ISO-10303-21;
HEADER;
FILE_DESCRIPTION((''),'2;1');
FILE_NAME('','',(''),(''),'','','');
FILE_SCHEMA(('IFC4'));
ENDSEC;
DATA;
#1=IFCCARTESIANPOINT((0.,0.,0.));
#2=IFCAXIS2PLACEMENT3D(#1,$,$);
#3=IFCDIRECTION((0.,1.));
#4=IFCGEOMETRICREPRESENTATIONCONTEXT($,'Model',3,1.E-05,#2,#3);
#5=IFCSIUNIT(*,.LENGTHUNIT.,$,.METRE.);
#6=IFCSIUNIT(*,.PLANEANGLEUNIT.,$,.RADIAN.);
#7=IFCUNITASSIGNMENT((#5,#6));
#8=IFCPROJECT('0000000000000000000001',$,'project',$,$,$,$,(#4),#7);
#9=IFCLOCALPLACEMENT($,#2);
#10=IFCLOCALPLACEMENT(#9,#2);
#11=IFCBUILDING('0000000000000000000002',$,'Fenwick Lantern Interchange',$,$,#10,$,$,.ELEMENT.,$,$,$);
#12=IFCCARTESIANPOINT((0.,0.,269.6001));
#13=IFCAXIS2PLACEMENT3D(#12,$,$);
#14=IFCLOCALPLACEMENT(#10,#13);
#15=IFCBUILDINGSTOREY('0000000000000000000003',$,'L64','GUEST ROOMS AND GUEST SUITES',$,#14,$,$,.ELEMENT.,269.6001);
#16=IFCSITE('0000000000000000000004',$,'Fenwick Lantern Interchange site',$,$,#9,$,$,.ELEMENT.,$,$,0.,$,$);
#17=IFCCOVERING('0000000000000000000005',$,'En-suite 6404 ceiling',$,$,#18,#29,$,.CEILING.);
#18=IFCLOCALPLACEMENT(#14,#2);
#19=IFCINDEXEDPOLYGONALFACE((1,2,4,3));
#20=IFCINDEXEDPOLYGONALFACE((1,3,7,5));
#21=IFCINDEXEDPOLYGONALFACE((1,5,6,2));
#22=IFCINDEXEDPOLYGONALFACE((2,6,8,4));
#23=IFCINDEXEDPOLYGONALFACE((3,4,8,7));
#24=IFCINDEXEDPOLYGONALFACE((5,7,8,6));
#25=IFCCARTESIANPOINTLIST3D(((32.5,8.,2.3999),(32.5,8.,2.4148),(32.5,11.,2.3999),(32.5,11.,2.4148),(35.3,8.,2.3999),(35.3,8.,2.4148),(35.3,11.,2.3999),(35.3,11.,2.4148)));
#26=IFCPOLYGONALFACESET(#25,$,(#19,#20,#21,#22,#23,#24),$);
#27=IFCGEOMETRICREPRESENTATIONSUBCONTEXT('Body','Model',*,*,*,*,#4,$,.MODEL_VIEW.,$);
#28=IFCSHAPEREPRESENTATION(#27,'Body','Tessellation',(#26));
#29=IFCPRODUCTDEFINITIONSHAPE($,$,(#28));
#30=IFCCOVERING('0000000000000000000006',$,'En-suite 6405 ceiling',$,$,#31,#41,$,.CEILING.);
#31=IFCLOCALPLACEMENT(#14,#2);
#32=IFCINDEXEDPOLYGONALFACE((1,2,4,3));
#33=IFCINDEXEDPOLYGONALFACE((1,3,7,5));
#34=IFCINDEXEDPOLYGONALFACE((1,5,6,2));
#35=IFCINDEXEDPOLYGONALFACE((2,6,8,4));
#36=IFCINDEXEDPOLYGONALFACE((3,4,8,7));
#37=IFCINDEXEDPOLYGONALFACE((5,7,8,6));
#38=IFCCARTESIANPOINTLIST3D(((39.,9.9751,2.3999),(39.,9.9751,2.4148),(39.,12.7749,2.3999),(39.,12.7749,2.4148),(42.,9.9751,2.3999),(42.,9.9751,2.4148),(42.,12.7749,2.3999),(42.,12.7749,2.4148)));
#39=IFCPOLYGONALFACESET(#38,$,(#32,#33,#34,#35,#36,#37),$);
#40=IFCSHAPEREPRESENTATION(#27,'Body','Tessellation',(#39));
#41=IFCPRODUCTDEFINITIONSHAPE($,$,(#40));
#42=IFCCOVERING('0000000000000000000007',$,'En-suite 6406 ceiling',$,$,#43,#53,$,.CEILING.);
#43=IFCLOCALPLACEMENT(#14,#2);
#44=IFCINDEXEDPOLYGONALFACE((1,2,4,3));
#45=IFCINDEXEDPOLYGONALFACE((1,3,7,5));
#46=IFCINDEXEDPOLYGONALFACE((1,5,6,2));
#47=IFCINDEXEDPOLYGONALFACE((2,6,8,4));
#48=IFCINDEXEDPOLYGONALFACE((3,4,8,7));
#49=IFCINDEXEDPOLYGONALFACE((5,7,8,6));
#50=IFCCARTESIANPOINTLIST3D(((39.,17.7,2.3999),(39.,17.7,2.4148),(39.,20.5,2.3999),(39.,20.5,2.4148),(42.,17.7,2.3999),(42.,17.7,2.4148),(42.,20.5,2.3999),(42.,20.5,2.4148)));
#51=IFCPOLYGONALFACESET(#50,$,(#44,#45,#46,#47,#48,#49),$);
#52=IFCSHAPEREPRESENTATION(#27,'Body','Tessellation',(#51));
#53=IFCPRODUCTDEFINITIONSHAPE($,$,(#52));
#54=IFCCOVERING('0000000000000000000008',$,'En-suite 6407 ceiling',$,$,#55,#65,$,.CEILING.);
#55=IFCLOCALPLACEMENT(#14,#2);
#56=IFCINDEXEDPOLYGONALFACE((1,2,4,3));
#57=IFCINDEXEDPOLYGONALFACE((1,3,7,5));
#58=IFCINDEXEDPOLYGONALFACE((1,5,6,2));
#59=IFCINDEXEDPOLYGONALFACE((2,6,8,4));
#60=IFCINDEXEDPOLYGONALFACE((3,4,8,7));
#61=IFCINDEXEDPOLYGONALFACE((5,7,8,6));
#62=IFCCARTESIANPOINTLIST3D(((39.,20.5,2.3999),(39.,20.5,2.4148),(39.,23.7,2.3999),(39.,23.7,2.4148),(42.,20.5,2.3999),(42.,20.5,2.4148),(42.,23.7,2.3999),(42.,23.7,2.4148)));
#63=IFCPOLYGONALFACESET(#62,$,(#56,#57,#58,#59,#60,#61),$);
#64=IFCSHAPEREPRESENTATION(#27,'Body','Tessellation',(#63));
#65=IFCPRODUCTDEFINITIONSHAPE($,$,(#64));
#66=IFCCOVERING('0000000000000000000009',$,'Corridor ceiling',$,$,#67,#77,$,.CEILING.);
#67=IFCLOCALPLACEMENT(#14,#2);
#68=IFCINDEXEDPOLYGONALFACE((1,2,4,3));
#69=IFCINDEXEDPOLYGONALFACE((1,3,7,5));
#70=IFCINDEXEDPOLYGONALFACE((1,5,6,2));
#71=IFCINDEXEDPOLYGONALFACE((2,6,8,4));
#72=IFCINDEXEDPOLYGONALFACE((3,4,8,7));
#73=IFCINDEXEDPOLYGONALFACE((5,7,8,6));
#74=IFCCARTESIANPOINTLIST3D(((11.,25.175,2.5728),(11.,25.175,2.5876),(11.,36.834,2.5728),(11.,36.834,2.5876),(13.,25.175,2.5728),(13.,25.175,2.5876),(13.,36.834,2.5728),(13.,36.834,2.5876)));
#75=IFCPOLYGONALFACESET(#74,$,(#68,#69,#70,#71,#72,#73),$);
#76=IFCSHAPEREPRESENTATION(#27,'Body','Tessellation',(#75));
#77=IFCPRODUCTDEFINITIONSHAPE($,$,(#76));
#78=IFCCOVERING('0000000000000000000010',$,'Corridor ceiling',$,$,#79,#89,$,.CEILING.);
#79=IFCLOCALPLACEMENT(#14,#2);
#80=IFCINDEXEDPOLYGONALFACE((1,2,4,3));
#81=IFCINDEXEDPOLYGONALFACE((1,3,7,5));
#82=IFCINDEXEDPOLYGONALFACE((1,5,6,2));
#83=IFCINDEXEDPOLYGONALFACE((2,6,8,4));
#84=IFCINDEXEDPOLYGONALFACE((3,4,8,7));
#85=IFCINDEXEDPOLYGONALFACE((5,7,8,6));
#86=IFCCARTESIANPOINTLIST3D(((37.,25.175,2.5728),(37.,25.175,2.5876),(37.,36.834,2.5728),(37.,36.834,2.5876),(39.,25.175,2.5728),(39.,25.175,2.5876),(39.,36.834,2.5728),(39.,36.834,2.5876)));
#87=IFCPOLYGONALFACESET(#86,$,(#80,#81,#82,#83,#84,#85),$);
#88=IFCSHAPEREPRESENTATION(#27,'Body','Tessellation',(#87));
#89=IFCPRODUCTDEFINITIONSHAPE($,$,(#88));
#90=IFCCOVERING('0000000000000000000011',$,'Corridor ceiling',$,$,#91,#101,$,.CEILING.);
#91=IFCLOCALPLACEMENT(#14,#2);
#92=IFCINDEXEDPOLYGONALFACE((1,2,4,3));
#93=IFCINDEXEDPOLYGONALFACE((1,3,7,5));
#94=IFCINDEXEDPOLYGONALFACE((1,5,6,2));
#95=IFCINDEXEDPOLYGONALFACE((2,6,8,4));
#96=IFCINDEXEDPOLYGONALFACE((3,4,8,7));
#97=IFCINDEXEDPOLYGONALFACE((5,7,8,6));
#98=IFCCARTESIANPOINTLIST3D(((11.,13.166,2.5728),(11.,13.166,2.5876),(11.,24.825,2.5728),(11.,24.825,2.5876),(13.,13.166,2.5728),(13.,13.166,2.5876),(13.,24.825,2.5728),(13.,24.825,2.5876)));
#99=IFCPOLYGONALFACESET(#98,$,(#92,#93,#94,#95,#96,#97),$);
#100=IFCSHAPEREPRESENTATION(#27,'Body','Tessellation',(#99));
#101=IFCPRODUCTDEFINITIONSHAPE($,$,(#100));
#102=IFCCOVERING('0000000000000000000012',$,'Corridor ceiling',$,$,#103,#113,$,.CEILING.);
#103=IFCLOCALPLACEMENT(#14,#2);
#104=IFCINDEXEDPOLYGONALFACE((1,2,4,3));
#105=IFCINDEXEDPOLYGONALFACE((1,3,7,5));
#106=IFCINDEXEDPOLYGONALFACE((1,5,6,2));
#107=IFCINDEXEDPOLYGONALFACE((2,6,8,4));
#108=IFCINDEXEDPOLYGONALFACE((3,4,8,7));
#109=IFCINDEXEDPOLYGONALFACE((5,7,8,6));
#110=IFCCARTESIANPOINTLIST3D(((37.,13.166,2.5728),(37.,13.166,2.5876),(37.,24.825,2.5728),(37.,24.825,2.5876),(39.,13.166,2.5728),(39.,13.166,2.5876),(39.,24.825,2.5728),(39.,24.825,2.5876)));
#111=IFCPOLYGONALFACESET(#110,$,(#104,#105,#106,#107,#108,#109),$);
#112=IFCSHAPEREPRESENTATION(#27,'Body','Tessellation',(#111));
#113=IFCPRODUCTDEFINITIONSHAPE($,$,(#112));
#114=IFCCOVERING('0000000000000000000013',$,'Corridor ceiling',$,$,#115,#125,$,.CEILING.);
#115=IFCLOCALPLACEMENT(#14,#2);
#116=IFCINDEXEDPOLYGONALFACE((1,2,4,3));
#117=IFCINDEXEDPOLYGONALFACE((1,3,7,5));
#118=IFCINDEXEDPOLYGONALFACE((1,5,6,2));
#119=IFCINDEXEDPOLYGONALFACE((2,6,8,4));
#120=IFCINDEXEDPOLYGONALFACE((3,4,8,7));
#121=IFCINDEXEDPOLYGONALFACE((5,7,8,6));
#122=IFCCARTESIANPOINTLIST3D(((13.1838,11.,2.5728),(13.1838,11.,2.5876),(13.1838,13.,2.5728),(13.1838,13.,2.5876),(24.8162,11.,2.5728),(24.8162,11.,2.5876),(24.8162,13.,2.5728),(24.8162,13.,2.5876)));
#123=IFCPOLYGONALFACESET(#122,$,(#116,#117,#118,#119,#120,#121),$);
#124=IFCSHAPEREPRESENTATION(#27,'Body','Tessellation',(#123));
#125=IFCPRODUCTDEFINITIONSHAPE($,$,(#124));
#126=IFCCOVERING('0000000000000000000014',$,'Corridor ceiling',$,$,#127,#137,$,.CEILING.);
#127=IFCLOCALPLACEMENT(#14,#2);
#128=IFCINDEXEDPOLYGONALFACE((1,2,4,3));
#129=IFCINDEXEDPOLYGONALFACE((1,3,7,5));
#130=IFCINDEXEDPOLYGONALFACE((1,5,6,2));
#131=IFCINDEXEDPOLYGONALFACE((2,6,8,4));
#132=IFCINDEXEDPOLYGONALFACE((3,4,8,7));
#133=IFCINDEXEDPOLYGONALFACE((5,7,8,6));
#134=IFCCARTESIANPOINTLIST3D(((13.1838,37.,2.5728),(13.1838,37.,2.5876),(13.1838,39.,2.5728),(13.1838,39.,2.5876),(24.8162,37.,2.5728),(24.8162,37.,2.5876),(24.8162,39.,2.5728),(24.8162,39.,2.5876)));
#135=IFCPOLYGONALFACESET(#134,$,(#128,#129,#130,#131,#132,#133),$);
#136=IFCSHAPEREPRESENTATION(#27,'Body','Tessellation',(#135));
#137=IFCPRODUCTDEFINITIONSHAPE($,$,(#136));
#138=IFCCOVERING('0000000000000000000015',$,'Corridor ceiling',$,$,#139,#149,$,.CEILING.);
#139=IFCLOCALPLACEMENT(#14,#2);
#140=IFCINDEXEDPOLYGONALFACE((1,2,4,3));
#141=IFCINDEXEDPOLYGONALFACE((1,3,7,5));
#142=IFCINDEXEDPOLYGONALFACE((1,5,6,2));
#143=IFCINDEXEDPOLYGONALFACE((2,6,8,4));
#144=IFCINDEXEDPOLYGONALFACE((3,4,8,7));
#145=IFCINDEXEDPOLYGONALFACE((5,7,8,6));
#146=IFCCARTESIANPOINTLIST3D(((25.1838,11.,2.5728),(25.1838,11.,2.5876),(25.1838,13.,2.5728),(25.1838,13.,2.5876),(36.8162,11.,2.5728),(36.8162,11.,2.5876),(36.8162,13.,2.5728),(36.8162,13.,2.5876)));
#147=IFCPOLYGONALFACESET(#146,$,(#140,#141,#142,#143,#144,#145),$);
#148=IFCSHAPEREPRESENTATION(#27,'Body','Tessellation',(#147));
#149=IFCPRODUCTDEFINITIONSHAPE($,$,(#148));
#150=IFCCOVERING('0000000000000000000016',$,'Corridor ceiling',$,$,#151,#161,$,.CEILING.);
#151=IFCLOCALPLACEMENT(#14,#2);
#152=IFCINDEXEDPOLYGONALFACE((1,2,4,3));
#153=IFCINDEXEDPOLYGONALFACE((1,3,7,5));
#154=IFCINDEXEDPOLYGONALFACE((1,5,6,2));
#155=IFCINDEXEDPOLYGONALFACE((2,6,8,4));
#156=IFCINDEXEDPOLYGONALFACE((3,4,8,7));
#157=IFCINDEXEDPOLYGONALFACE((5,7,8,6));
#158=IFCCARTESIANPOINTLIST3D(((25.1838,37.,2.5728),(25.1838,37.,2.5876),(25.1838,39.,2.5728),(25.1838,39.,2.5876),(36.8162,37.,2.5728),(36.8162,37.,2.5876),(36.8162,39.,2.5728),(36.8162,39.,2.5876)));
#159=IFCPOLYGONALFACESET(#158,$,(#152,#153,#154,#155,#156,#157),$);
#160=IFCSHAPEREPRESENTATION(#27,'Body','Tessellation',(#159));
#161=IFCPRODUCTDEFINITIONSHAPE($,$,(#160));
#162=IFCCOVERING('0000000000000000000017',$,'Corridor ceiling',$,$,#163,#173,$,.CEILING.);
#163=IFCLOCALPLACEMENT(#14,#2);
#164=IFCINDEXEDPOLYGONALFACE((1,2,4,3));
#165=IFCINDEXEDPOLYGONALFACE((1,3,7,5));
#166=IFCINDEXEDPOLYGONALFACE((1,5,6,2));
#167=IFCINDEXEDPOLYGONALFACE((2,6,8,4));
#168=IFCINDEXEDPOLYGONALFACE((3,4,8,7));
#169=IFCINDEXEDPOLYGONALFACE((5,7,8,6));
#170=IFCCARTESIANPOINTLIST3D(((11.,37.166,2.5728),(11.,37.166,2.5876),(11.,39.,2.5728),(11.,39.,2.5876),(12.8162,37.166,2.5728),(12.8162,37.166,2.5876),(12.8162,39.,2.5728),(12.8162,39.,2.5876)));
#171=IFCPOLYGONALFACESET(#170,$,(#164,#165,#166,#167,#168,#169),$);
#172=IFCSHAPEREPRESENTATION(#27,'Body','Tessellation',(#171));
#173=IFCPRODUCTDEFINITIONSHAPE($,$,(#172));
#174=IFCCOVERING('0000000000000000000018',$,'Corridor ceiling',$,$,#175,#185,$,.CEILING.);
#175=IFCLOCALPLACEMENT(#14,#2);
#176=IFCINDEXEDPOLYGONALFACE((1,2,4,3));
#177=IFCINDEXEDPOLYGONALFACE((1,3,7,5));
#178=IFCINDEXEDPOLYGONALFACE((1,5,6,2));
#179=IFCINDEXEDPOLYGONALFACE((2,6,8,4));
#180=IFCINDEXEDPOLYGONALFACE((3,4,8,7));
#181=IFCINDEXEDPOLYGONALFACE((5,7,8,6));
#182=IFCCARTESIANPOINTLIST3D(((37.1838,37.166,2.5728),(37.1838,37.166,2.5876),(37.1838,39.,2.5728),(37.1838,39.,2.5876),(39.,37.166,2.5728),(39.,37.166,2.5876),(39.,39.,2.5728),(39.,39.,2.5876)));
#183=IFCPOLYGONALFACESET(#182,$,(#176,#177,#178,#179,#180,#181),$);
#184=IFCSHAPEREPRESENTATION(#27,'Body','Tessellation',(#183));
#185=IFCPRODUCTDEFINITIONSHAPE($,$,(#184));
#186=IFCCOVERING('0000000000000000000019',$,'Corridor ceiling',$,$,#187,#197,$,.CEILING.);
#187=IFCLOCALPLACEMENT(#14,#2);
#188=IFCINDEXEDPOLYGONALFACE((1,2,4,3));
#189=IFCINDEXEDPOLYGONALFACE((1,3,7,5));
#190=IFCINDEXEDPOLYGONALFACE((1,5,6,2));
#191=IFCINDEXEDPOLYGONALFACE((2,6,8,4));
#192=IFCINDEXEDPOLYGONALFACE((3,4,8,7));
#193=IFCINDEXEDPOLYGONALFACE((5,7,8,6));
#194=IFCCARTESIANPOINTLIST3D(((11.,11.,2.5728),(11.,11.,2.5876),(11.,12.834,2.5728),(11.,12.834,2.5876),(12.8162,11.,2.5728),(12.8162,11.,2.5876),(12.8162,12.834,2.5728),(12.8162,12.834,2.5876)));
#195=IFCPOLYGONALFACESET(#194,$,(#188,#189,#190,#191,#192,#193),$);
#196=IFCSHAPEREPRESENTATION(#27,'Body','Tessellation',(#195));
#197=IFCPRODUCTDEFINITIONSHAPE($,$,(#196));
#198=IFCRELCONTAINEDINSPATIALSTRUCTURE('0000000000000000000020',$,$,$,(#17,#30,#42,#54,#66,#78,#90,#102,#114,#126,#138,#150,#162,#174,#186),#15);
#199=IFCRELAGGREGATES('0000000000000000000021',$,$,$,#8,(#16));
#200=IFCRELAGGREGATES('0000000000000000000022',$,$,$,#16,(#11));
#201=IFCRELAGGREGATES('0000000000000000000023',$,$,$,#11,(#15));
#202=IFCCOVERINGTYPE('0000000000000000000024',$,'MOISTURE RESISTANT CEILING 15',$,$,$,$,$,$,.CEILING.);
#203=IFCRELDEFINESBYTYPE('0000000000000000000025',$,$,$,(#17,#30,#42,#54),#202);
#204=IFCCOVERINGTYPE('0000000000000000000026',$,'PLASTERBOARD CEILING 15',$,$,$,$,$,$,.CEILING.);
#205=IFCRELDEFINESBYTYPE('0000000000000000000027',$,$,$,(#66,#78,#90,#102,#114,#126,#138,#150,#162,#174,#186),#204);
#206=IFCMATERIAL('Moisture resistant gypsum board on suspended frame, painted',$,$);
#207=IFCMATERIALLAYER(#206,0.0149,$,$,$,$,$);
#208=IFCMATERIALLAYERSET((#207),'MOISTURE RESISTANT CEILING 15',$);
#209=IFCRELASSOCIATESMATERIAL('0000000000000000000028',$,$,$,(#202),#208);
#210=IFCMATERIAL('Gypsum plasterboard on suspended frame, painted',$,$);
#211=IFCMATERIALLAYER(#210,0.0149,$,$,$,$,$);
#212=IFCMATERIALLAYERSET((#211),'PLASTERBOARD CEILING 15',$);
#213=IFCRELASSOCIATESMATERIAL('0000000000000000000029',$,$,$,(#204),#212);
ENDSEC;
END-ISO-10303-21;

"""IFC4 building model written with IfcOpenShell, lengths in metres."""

from ifc_helpers import new_model, si_unit, direction, frame, origin, place, context, subcontext, project, spatial, polyline, outline, extrude, material, layer, layer_set, type_object, element, save


model = new_model("IFC4")

# Units and contexts
model_context = context("Model", 3, precision=1e-05, world=origin(), true_north=direction((0.0, 1.0)))
body_context = subcontext(model_context, "Body", "Model", "MODEL_VIEW")
ifc_project = project(units=[si_unit("LENGTHUNIT", "METRE"), si_unit("PLANEANGLEUNIT", "RADIAN")], contexts=[model_context])

# Site, building, storey
site_placement = place(None, origin())
site = spatial("IfcSite", under=ifc_project, at=site_placement, Name="Fenwick Lantern Interchange site", CompositionType="ELEMENT", RefElevation=0.0)
building_placement = place(site_placement, origin())
building = spatial("IfcBuilding", under=site, at=building_placement, Name="Fenwick Lantern Interchange", CompositionType="ELEMENT")
storey_placement = place(building_placement, frame((0.0, 0.0, 269.6001)))
storey = spatial("IfcBuildingStorey", under=building, at=storey_placement, Name="L64", Description="GUEST ROOMS AND GUEST SUITES", CompositionType="ELEMENT", Elevation=269.6001)

# Coverings
ifc_material_1 = material(Name="Moisture resistant gypsum board on suspended frame, painted")
ifc_layer_1 = layer(ifc_material_1, 0.0149)
ifc_layer_set_1 = layer_set([ifc_layer_1], Name="MOISTURE RESISTANT CEILING 15")
covering_type_1 = type_object("IfcCoveringType", Name="MOISTURE RESISTANT CEILING 15", PredefinedType="CEILING", material=ifc_layer_set_1)
covering_1_placement = place(storey_placement, frame((0.0, 0.0, 2.3999)))
element("IfcCovering", 1, at=covering_1_placement, inside=storey, type_object=covering_type_1, Name="En-suite 6404 ceiling", PredefinedType="CEILING", context=body_context, shape_type="SweptSolid", body=[
    extrude(outline(polyline([(32.5, 8.0), (35.3, 8.0), (35.3, 11.0), (32.5, 11.0), (32.5, 8.0)])), origin(), (0.0, 0.0, 1.0), 0.0149),
])
covering_2_placement = place(storey_placement, frame((0.0, 0.0, 2.3999)))
element("IfcCovering", 2, at=covering_2_placement, inside=storey, type_object=covering_type_1, Name="En-suite 6405 ceiling", PredefinedType="CEILING", context=body_context, shape_type="SweptSolid", body=[
    extrude(outline(polyline([(42.0, 9.9751), (42.0, 12.7749), (39.0, 12.7749), (39.0, 9.9751), (42.0, 9.9751)])), origin(), (0.0, 0.0, 1.0), 0.0149),
])
covering_3_placement = place(storey_placement, frame((0.0, 0.0, 2.3999)))
element("IfcCovering", 3, at=covering_3_placement, inside=storey, type_object=covering_type_1, Name="En-suite 6406 ceiling", PredefinedType="CEILING", context=body_context, shape_type="SweptSolid", body=[
    extrude(outline(polyline([(42.0, 17.7), (42.0, 20.5), (39.0, 20.5), (39.0, 17.7), (42.0, 17.7)])), origin(), (0.0, 0.0, 1.0), 0.0149),
])
covering_4_placement = place(storey_placement, frame((0.0, 0.0, 2.3999)))
element("IfcCovering", 4, at=covering_4_placement, inside=storey, type_object=covering_type_1, Name="En-suite 6407 ceiling", PredefinedType="CEILING", context=body_context, shape_type="SweptSolid", body=[
    extrude(outline(polyline([(42.0, 20.5), (42.0, 23.7), (39.0, 23.7), (39.0, 20.5), (42.0, 20.5)])), origin(), (0.0, 0.0, 1.0), 0.0149),
])
ifc_material_2 = material(Name="Gypsum plasterboard on suspended frame, painted")
ifc_layer_2 = layer(ifc_material_2, 0.0149)
ifc_layer_set_2 = layer_set([ifc_layer_2], Name="PLASTERBOARD CEILING 15")
covering_type_2 = type_object("IfcCoveringType", Name="PLASTERBOARD CEILING 15", PredefinedType="CEILING", material=ifc_layer_set_2)
covering_5_placement = place(storey_placement, frame((0.0, 0.0, 2.5728)))
element("IfcCovering", 5, at=covering_5_placement, inside=storey, type_object=covering_type_2, Name="Corridor ceiling", PredefinedType="CEILING", context=body_context, shape_type="SweptSolid", body=[
    extrude(outline(polyline([(11.0, 36.834), (11.0, 25.175), (13.0, 25.175), (13.0, 36.834), (11.0, 36.834)])), origin(), (0.0, 0.0, 1.0), 0.0149),
])
covering_6_placement = place(storey_placement, frame((0.0, 0.0, 2.5728)))
element("IfcCovering", 6, at=covering_6_placement, inside=storey, type_object=covering_type_2, Name="Corridor ceiling", PredefinedType="CEILING", context=body_context, shape_type="SweptSolid", body=[
    extrude(outline(polyline([(39.0, 25.175), (39.0, 36.834), (37.0, 36.834), (37.0, 25.175), (39.0, 25.175)])), origin(), (0.0, 0.0, 1.0), 0.0149),
])
covering_7_placement = place(storey_placement, frame((0.0, 0.0, 2.5728)))
element("IfcCovering", 7, at=covering_7_placement, inside=storey, type_object=covering_type_2, Name="Corridor ceiling", PredefinedType="CEILING", context=body_context, shape_type="SweptSolid", body=[
    extrude(outline(polyline([(11.0, 24.825), (11.0, 13.166), (13.0, 13.166), (13.0, 24.825), (11.0, 24.825)])), origin(), (0.0, 0.0, 1.0), 0.0149),
])
covering_8_placement = place(storey_placement, frame((0.0, 0.0, 2.5728)))
element("IfcCovering", 8, at=covering_8_placement, inside=storey, type_object=covering_type_2, Name="Corridor ceiling", PredefinedType="CEILING", context=body_context, shape_type="SweptSolid", body=[
    extrude(outline(polyline([(39.0, 13.166), (39.0, 24.825), (37.0, 24.825), (37.0, 13.166), (39.0, 13.166)])), origin(), (0.0, 0.0, 1.0), 0.0149),
])
covering_9_placement = place(storey_placement, frame((0.0, 0.0, 2.5728)))
element("IfcCovering", 9, at=covering_9_placement, inside=storey, type_object=covering_type_2, Name="Corridor ceiling", PredefinedType="CEILING", context=body_context, shape_type="SweptSolid", body=[
    extrude(outline(polyline([(13.1838, 11.0), (24.8162, 11.0), (24.8162, 13.0), (13.1838, 13.0), (13.1838, 11.0)])), origin(), (0.0, 0.0, 1.0), 0.0149),
])
covering_10_placement = place(storey_placement, frame((0.0, 0.0, 2.5728)))
element("IfcCovering", 10, at=covering_10_placement, inside=storey, type_object=covering_type_2, Name="Corridor ceiling", PredefinedType="CEILING", context=body_context, shape_type="SweptSolid", body=[
    extrude(outline(polyline([(24.8162, 39.0), (13.1838, 39.0), (13.1838, 37.0), (24.8162, 37.0), (24.8162, 39.0)])), origin(), (0.0, 0.0, 1.0), 0.0149),
])
covering_11_placement = place(storey_placement, frame((0.0, 0.0, 2.5728)))
element("IfcCovering", 11, at=covering_11_placement, inside=storey, type_object=covering_type_2, Name="Corridor ceiling", PredefinedType="CEILING", context=body_context, shape_type="SweptSolid", body=[
    extrude(outline(polyline([(25.1838, 11.0), (36.8162, 11.0), (36.8162, 13.0), (25.1838, 13.0), (25.1838, 11.0)])), origin(), (0.0, 0.0, 1.0), 0.0149),
])
covering_12_placement = place(storey_placement, frame((0.0, 0.0, 2.5728)))
element("IfcCovering", 12, at=covering_12_placement, inside=storey, type_object=covering_type_2, Name="Corridor ceiling", PredefinedType="CEILING", context=body_context, shape_type="SweptSolid", body=[
    extrude(outline(polyline([(36.8162, 39.0), (25.1838, 39.0), (25.1838, 37.0), (36.8162, 37.0), (36.8162, 39.0)])), origin(), (0.0, 0.0, 1.0), 0.0149),
])
covering_13_placement = place(storey_placement, frame((0.0, 0.0, 2.5728)))
element("IfcCovering", 13, at=covering_13_placement, inside=storey, type_object=covering_type_2, Name="Corridor ceiling", PredefinedType="CEILING", context=body_context, shape_type="SweptSolid", body=[
    extrude(outline(polyline([(12.8162, 39.0), (11.0, 39.0), (11.0, 37.166), (12.8162, 37.166), (12.8162, 39.0)])), origin(), (0.0, 0.0, 1.0), 0.0149),
])
covering_14_placement = place(storey_placement, frame((0.0, 0.0, 2.5728)))
element("IfcCovering", 14, at=covering_14_placement, inside=storey, type_object=covering_type_2, Name="Corridor ceiling", PredefinedType="CEILING", context=body_context, shape_type="SweptSolid", body=[
    extrude(outline(polyline([(39.0, 39.0), (37.1838, 39.0), (37.1838, 37.166), (39.0, 37.166), (39.0, 39.0)])), origin(), (0.0, 0.0, 1.0), 0.0149),
])
covering_15_placement = place(storey_placement, frame((0.0, 0.0, 2.5728)))
element("IfcCovering", 15, at=covering_15_placement, inside=storey, type_object=covering_type_2, Name="Corridor ceiling", PredefinedType="CEILING", context=body_context, shape_type="SweptSolid", body=[
    extrude(outline(polyline([(11.0, 11.0), (12.8162, 11.0), (12.8162, 12.834), (11.0, 12.834), (11.0, 11.0)])), origin(), (0.0, 0.0, 1.0), 0.0149),
])

save(model, "model.ifc")
